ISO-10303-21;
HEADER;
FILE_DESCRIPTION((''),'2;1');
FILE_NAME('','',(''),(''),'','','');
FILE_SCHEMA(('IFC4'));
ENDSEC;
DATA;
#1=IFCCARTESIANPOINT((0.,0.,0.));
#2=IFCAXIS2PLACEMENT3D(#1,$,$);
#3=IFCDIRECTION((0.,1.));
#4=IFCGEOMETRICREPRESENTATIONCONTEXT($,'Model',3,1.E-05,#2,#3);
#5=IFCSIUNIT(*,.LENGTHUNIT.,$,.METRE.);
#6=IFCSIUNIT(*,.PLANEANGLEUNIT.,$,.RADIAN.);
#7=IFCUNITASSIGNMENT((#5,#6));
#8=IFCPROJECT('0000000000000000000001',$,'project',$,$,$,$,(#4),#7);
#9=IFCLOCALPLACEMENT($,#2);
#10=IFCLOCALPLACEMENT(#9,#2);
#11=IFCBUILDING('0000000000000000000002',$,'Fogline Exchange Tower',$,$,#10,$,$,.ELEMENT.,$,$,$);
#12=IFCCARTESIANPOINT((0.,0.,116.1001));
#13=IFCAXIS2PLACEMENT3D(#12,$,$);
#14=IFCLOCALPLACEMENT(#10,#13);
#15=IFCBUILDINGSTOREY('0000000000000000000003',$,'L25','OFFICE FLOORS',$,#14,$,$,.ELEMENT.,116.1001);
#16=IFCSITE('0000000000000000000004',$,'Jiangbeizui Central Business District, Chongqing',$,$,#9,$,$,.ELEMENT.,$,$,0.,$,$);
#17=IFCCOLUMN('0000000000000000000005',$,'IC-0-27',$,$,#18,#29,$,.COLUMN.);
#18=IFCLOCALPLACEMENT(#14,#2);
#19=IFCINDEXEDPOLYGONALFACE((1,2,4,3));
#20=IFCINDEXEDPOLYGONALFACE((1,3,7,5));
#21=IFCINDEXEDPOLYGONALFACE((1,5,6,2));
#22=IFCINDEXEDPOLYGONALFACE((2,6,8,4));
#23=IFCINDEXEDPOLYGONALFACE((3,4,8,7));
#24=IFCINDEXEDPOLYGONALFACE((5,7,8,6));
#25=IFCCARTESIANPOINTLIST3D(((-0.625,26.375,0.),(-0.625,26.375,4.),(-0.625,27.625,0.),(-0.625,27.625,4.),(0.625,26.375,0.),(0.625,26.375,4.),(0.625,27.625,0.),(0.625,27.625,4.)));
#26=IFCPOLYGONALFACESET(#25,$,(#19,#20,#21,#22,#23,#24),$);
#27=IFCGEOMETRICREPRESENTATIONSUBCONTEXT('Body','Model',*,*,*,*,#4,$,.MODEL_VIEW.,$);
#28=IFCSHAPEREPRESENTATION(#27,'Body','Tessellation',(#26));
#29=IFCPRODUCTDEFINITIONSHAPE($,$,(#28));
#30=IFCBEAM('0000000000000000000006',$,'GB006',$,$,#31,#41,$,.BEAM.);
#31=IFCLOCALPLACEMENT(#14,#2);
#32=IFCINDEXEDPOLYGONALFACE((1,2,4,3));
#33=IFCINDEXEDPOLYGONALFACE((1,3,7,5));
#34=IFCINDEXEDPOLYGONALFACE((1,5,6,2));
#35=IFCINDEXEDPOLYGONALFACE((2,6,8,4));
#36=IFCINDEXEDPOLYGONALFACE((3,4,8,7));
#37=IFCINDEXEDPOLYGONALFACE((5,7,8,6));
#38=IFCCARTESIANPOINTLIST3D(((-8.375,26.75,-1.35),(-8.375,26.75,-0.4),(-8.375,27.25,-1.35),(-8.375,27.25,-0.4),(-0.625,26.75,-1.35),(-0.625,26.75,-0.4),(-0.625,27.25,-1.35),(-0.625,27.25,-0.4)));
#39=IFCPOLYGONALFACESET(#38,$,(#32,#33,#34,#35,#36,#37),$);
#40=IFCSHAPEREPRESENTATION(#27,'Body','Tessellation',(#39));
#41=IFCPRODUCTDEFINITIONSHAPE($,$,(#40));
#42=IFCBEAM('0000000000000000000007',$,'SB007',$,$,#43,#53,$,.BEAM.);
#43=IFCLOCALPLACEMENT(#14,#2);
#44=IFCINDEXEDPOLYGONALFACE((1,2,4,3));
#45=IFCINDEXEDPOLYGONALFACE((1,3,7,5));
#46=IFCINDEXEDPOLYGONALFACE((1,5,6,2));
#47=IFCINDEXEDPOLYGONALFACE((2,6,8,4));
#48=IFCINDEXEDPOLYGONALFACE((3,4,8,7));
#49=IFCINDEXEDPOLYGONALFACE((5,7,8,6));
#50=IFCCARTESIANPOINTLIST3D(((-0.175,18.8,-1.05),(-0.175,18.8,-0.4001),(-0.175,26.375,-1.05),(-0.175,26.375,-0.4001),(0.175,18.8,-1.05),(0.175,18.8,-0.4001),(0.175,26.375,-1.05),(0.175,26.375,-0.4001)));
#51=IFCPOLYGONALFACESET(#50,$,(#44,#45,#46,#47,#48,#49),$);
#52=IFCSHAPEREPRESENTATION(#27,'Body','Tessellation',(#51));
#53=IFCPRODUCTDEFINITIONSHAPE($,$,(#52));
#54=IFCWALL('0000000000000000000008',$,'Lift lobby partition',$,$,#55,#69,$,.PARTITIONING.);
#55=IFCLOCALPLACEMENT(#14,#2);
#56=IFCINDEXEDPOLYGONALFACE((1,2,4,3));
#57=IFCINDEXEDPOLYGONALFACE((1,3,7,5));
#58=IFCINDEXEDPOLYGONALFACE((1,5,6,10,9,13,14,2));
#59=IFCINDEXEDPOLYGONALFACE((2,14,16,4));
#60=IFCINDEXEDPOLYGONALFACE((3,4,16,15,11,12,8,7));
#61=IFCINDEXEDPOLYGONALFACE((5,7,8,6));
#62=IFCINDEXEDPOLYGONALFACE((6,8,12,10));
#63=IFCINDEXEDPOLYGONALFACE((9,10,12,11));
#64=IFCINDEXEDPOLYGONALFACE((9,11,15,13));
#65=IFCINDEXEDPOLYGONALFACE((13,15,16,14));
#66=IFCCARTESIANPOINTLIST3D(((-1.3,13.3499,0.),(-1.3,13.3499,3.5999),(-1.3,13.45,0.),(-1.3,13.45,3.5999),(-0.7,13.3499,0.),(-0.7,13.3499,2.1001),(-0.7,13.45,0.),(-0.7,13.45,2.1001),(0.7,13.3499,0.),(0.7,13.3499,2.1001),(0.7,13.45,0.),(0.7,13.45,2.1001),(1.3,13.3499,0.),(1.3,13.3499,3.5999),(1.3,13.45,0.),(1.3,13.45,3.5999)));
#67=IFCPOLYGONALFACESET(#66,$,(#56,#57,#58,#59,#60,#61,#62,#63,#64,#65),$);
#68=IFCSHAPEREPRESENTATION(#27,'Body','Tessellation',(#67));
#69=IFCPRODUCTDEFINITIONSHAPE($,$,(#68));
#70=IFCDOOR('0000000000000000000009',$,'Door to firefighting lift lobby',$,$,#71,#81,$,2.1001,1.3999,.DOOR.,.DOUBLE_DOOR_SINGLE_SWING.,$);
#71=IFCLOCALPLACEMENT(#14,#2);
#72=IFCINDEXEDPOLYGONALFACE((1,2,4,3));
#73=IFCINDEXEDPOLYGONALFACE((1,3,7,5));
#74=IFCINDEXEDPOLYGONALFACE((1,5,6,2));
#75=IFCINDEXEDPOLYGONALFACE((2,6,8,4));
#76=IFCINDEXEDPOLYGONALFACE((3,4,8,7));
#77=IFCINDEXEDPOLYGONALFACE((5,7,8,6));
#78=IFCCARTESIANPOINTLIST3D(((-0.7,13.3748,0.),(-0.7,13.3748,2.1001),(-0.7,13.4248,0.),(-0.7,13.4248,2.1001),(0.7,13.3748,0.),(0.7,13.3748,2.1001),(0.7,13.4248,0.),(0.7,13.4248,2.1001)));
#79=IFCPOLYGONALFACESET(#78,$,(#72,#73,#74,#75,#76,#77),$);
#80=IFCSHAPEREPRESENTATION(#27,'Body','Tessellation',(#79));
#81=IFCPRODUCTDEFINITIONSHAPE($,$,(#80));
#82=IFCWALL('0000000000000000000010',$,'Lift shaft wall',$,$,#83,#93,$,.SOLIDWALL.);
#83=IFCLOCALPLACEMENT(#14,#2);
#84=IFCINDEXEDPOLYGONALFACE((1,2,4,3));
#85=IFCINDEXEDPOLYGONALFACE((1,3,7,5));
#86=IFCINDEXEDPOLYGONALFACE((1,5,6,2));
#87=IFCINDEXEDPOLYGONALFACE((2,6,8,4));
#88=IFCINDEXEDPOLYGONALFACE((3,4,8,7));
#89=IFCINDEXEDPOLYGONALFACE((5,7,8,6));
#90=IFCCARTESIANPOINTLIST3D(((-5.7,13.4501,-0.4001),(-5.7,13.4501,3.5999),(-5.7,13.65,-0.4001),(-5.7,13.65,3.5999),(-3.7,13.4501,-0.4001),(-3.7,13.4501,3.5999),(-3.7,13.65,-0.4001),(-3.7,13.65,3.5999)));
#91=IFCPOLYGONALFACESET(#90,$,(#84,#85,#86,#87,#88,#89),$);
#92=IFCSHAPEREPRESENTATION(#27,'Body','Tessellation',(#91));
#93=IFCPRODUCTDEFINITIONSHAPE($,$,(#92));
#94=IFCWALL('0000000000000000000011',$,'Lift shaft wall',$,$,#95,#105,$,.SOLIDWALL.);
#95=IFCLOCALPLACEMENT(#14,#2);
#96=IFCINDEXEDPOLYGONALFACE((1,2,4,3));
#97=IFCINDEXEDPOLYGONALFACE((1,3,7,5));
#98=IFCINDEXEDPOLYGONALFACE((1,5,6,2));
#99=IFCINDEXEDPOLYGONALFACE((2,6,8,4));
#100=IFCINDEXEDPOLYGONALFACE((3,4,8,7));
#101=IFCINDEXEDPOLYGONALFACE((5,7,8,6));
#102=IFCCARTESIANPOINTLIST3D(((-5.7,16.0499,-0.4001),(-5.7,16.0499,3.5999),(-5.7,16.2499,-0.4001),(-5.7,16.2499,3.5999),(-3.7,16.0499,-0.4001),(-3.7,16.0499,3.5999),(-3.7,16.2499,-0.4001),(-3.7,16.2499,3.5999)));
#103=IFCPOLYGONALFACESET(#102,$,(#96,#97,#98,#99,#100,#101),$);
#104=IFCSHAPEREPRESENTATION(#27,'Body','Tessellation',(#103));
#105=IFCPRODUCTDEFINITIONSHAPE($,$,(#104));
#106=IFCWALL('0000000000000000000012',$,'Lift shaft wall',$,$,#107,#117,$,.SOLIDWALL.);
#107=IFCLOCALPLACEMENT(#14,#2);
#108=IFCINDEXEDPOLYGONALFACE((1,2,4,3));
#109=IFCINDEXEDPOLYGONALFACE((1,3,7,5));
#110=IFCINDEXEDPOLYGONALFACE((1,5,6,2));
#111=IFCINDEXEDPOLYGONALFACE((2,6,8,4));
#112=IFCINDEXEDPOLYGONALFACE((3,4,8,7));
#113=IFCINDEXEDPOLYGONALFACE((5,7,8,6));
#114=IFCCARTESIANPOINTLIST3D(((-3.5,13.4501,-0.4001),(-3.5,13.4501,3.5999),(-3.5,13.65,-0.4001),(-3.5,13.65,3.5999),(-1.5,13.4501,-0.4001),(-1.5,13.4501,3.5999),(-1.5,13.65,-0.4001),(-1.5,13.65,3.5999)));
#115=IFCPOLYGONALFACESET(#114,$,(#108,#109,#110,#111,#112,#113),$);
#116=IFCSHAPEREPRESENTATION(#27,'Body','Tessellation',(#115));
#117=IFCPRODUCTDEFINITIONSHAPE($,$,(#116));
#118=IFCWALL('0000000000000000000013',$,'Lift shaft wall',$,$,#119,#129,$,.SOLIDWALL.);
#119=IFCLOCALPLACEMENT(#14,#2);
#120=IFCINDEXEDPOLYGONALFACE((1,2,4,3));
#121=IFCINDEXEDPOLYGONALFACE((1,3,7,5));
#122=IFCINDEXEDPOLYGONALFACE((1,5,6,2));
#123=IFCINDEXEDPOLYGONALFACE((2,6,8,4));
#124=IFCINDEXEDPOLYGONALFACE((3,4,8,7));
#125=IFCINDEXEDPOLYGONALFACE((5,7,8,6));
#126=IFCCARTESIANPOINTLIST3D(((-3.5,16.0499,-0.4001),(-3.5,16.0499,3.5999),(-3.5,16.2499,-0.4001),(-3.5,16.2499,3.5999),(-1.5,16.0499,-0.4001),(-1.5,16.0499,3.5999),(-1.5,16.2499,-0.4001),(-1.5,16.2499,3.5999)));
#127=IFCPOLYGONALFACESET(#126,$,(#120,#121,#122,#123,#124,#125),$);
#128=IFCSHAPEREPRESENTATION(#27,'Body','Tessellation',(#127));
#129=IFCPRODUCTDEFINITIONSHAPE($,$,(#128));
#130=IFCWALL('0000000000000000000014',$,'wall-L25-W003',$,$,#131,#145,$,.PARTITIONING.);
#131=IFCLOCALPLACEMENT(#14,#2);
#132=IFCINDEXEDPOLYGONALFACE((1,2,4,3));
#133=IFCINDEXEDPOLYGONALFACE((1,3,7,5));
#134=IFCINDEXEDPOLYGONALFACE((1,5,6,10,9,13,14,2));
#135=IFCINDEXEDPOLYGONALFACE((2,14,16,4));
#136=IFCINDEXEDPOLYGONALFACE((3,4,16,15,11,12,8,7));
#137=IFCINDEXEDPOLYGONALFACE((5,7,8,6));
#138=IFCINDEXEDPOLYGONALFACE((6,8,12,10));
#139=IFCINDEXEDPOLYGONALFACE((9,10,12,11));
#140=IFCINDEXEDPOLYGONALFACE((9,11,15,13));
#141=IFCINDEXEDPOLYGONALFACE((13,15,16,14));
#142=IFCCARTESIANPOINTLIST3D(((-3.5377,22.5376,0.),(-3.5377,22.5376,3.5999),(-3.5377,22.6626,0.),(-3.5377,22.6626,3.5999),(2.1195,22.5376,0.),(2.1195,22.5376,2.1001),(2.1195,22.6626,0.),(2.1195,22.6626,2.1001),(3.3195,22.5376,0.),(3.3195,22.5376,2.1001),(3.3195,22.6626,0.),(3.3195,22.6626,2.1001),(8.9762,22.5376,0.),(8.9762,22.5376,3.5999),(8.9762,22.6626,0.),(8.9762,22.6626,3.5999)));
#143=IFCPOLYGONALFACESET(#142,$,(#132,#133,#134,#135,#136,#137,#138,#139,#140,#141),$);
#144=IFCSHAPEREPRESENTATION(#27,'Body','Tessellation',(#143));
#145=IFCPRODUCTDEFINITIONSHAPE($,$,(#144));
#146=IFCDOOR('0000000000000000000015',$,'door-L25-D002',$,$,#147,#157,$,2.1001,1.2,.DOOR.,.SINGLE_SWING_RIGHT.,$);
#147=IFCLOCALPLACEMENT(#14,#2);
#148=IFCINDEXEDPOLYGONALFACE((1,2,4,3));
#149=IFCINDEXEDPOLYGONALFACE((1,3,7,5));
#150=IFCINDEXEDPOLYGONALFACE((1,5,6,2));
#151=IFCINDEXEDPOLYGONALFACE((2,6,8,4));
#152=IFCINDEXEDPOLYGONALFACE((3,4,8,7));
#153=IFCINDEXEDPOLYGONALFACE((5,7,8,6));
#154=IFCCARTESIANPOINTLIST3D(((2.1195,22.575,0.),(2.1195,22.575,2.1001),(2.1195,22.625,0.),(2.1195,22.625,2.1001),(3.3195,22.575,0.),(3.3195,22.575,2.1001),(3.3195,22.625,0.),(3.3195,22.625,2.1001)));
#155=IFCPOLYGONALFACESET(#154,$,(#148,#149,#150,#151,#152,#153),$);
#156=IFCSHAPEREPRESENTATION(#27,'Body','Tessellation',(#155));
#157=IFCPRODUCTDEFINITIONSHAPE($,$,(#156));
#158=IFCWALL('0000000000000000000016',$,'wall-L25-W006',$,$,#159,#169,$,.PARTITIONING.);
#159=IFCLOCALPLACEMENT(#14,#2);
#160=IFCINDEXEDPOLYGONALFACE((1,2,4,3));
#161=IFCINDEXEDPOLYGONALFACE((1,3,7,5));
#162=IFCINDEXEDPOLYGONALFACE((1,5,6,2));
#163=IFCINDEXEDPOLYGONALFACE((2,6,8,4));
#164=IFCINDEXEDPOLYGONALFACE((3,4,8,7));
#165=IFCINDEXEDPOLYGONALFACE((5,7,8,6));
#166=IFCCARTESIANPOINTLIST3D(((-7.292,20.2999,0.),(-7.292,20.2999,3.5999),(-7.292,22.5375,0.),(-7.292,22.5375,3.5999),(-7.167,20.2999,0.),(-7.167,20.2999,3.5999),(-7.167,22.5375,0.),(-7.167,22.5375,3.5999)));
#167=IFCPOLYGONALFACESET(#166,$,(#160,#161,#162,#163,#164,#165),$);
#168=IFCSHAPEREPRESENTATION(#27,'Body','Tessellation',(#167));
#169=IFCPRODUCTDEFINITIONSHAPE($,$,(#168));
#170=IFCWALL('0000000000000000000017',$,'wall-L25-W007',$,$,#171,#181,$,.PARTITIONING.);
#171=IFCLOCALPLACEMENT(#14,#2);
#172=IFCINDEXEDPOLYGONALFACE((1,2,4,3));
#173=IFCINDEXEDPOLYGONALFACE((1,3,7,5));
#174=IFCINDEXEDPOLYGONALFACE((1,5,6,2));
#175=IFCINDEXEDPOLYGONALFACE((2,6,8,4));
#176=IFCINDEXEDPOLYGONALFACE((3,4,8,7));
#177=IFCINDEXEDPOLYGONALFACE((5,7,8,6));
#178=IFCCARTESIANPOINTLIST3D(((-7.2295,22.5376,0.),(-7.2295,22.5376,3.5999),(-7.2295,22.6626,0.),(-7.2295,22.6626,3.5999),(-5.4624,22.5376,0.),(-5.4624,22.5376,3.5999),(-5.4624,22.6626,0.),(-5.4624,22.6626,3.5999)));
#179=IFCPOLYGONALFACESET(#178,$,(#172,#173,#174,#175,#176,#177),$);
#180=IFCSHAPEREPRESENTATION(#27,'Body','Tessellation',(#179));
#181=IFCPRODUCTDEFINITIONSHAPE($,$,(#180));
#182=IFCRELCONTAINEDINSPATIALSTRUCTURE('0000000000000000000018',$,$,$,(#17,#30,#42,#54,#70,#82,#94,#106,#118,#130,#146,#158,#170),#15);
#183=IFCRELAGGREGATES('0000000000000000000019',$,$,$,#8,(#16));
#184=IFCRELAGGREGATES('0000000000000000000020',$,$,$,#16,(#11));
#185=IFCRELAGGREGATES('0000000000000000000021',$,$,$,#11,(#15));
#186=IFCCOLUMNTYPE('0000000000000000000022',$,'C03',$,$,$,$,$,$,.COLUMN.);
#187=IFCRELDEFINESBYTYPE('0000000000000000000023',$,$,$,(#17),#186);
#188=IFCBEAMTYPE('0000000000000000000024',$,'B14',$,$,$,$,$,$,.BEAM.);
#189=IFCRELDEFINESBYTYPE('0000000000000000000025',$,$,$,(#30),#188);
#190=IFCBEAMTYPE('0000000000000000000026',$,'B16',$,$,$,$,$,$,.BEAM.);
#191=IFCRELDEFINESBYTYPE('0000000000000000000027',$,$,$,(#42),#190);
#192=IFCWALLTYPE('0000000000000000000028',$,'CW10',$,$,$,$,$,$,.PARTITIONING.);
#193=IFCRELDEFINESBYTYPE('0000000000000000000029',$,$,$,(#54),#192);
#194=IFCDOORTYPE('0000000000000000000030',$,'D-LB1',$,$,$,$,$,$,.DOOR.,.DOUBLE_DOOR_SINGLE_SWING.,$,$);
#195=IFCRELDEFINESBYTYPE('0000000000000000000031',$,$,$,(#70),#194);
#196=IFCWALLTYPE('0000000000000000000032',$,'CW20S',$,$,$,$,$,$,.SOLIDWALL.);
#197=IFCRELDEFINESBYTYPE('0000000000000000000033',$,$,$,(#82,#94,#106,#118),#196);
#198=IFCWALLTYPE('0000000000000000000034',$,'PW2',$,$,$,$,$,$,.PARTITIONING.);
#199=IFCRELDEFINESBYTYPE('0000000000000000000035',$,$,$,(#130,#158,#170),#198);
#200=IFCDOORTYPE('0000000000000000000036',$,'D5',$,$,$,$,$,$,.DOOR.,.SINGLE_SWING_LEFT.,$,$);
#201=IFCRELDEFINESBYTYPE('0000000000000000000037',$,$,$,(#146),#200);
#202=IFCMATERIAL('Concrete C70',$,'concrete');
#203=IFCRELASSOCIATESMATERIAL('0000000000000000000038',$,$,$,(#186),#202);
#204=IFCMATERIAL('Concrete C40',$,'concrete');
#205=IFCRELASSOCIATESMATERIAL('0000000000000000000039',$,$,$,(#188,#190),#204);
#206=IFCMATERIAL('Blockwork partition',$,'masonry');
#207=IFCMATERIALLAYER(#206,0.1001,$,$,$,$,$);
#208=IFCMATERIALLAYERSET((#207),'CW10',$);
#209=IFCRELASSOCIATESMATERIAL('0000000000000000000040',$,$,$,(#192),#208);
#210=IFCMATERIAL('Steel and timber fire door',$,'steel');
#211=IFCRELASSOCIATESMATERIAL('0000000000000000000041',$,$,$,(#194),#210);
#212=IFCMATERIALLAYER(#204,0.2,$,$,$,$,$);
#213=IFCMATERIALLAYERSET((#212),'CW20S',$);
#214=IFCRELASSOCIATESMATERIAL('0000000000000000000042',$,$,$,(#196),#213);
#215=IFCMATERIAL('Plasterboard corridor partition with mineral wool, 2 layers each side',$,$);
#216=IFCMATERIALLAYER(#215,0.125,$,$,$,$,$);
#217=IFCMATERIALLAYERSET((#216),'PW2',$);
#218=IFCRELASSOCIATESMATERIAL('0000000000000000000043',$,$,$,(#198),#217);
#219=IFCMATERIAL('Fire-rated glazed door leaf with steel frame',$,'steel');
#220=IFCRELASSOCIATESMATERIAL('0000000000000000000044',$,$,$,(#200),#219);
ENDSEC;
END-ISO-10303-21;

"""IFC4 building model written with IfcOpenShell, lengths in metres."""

from ifc_helpers import new_model, si_unit, direction, frame, frame_2d, origin, origin_2d, place, context, subcontext, project, spatial, rectangle, extrude, material, layer, layer_set, material_profile, profile_set, type_object, element, fill, save


model = new_model("IFC4")

# Units and contexts
model_context = context("Model", 3, precision=1e-05, world=origin(), true_north=direction((0.0, 1.0)))
body_context = subcontext(model_context, "Body", "Model", "MODEL_VIEW")
ifc_project = project(units=[si_unit("LENGTHUNIT", "METRE"), si_unit("PLANEANGLEUNIT", "RADIAN")], contexts=[model_context])

# Site, building, storey
site_placement = place(None, origin())
site = spatial("IfcSite", under=ifc_project, at=site_placement, Name="Jiangbeizui Central Business District, Chongqing", CompositionType="ELEMENT", RefElevation=0.0)
building_placement = place(site_placement, origin())
building = spatial("IfcBuilding", under=site, at=building_placement, Name="Fogline Exchange Tower", CompositionType="ELEMENT")
storey_placement = place(building_placement, frame((0.0, 0.0, 116.1001)))
storey = spatial("IfcBuildingStorey", under=building, at=storey_placement, Name="L25", Description="OFFICE FLOORS", CompositionType="ELEMENT", Elevation=116.1001)

# Column
ifc_material_1 = material(Name="Concrete C70", Category="concrete")
ifc_material_profile_1 = material_profile(ifc_material_1, rectangle(XDim=1.25, YDim=1.25, at=origin_2d()), Name="RC 1250x1250")
ifc_profile_set_1 = profile_set([ifc_material_profile_1], Name="Concrete C70")
column_type = type_object("IfcColumnType", Name="C03", PredefinedType="COLUMN", material=ifc_profile_set_1)
column_placement = place(storey_placement, frame((0.0, 27.0, 0.0), z_axis=(0.0, 0.0, 1.0), x_axis=(1.0, 0.0, 0.0)))
element("IfcColumn", 1, at=column_placement, inside=storey, type_object=column_type, Name="IC-0-27", PredefinedType="COLUMN", context=body_context, shape_type="SweptSolid", body=[
    extrude(rectangle(XDim=1.25, YDim=1.25, at=origin_2d()), origin(), (0.0, 0.0, 1.0), 4.0),
])

# Beams
ifc_material_2 = material(Name="Concrete C40", Category="concrete")
ifc_material_profile_2 = material_profile(ifc_material_2, rectangle(XDim=0.5, YDim=0.95, at=origin_2d()), Name="RC 500x950")
ifc_profile_set_2 = profile_set([ifc_material_profile_2], Name="Concrete C40")
beam_type_1 = type_object("IfcBeamType", Name="B14", PredefinedType="BEAM", material=ifc_profile_set_2)
beam_1_placement = place(storey_placement, frame((-8.375, 27.0, -0.875), z_axis=(1.0, 0.0, 0.0), x_axis=(0.0, 1.0, 0.0)))
element("IfcBeam", 2, at=beam_1_placement, inside=storey, type_object=beam_type_1, Name="GB006", PredefinedType="BEAM", context=body_context, shape_type="SweptSolid", body=[
    extrude(rectangle(XDim=0.5, YDim=0.95, at=origin_2d()), origin(), (0.0, 0.0, 1.0), 7.75),
])
ifc_material_profile_3 = material_profile(ifc_material_2, rectangle(XDim=0.3501, YDim=0.6499, at=origin_2d()), Name="RC 350x650")
ifc_profile_set_3 = profile_set([ifc_material_profile_3], Name="Concrete C40")
beam_type_2 = type_object("IfcBeamType", Name="B16", PredefinedType="BEAM", material=ifc_profile_set_3)
beam_2_placement = place(storey_placement, frame((0.0, 18.8, -0.7251), z_axis=(0.0, 1.0, 0.0), x_axis=(-1.0, 0.0, 0.0)))
element("IfcBeam", 3, at=beam_2_placement, inside=storey, type_object=beam_type_2, Name="SB007", PredefinedType="BEAM", context=body_context, shape_type="SweptSolid", body=[
    extrude(rectangle(XDim=0.3501, YDim=0.6499, at=origin_2d()), origin(), (0.0, 0.0, 1.0), 7.575),
])

# Wall, opening, door
ifc_material_3 = material(Name="Blockwork partition", Category="masonry")
ifc_layer_1 = layer(ifc_material_3, 0.1001)
ifc_layer_set_1 = layer_set([ifc_layer_1], Name="CW10")
wall_type_1 = type_object("IfcWallType", Name="CW10", PredefinedType="PARTITIONING", material=ifc_layer_set_1)
wall_1_placement = place(storey_placement, frame((-1.3, 13.3999, 0.0), z_axis=(0.0, 0.0, 1.0), x_axis=(1.0, 0.0, 0.0)))
wall_1 = element("IfcWall", 4, at=wall_1_placement, inside=storey, type_object=wall_type_1, Name="Lift lobby partition", PredefinedType="PARTITIONING", context=body_context, shape_type="SweptSolid", body=[
    extrude(rectangle(XDim=2.6001, YDim=0.1001, at=frame_2d((1.3, 0.0))), origin(), (0.0, 0.0, 1.0), 3.5999),
])
opening_1_placement = place(wall_1_placement, frame((0.6001, 0.0, 0.0)))
opening_1 = element("IfcOpeningElement", 5, at=opening_1_placement, cuts=wall_1, PredefinedType="OPENING", context=body_context, shape_type="SweptSolid", body=[
    extrude(rectangle(XDim=1.3999, YDim=2.1001, at=frame_2d((0.7, 1.05))), frame((0.0, 0.0601, 0.0), z_axis=(0.0, -1.0, 0.0), x_axis=(1.0, 0.0, 0.0)), (0.0, 0.0, 1.0), 0.1201),
])
ifc_material_4 = material(Name="Steel and timber fire door", Category="steel")
door_type_1 = type_object("IfcDoorType", Name="D-LB1", OperationType="DOUBLE_DOOR_SINGLE_SWING", PredefinedType="DOOR", material=ifc_material_4)
door_1_placement = place(opening_1_placement, origin())
door_1 = element("IfcDoor", 6, at=door_1_placement, inside=storey, type_object=door_type_1, Name="Door to firefighting lift lobby", OperationType="DOUBLE_DOOR_SINGLE_SWING", OverallHeight=2.1001, OverallWidth=1.3999, PredefinedType="DOOR", context=body_context, shape_type="SweptSolid", body=[
    extrude(rectangle(XDim=1.3999, YDim=2.1001, at=frame_2d((0.7, 1.05))), frame((0.0, 0.0249, 0.0), z_axis=(0.0, -1.0, 0.0), x_axis=(1.0, 0.0, 0.0)), (0.0, 0.0, 1.0), 0.05),
])
fill(opening_1, door_1)

# Walls
ifc_layer_2 = layer(ifc_material_2, 0.2)
ifc_layer_set_2 = layer_set([ifc_layer_2], Name="CW20S")
wall_type_2 = type_object("IfcWallType", Name="CW20S", PredefinedType="SOLIDWALL", material=ifc_layer_set_2)
for number, where, z_axis, x_axis, name in (
    (7, (-5.7, 13.55, -0.4001), (0.0, 0.0, 1.0), (1.0, 0.0, 0.0), "Lift shaft wall"),
    (8, (-5.7, 16.1499, -0.4001), (0.0, 0.0, 1.0), (1.0, 0.0, 0.0), "Lift shaft wall"),
    (9, (-3.5, 13.55, -0.4001), (0.0, 0.0, 1.0), (1.0, 0.0, 0.0), "Lift shaft wall"),
    (10, (-3.5, 16.1499, -0.4001), (0.0, 0.0, 1.0), (1.0, 0.0, 0.0), "Lift shaft wall"),
):
    element("IfcWall", number, at=place(storey_placement, frame(where, z_axis=z_axis, x_axis=x_axis)), inside=storey, type_object=wall_type_2, Name=name, PredefinedType="SOLIDWALL", context=body_context, shape_type="SweptSolid", body=[
        extrude(rectangle(XDim=2.0, YDim=0.2, at=frame_2d((1.0, 0.0))), origin(), (0.0, 0.0, 1.0), 4.0),
    ])

# Wall, opening, door
ifc_material_5 = material(Name="Plasterboard corridor partition with mineral wool, 2 layers each side")
ifc_layer_3 = layer(ifc_material_5, 0.125)
ifc_layer_set_3 = layer_set([ifc_layer_3], Name="PW2")
wall_type_3 = type_object("IfcWallType", Name="PW2", PredefinedType="PARTITIONING", material=ifc_layer_set_3)
wall_2_placement = place(storey_placement, frame((-3.5376, 22.6001, 0.0), z_axis=(0.0, 0.0, 1.0), x_axis=(1.0, 0.0, 0.0)))
wall_2 = element("IfcWall", 11, at=wall_2_placement, inside=storey, type_object=wall_type_3, Name="wall-L25-W003", PredefinedType="PARTITIONING", context=body_context, shape_type="SweptSolid", body=[
    extrude(rectangle(XDim=12.5139, YDim=0.125, at=frame_2d((6.2568, 0.0))), origin(), (0.0, 0.0, 1.0), 3.5999),
])
opening_2_placement = place(wall_2_placement, frame((5.657, 0.0, 0.0)))
opening_2 = element("IfcOpeningElement", 12, at=opening_2_placement, cuts=wall_2, PredefinedType="OPENING", context=body_context, shape_type="SweptSolid", body=[
    extrude(rectangle(XDim=1.2, YDim=2.1001, at=frame_2d((0.6001, 1.05))), frame((0.0, 0.0725, 0.0), z_axis=(0.0, -1.0, 0.0), x_axis=(1.0, 0.0, 0.0)), (0.0, 0.0, 1.0), 0.145),
])
ifc_material_6 = material(Name="Fire-rated glazed door leaf with steel frame", Category="steel")
door_type_2 = type_object("IfcDoorType", Name="D5", OperationType="SINGLE_SWING_LEFT", PredefinedType="DOOR", material=ifc_material_6)
door_2_placement = place(opening_2_placement, origin())
door_2 = element("IfcDoor", 13, at=door_2_placement, inside=storey, type_object=door_type_2, Name="door-L25-D002", OperationType="SINGLE_SWING_RIGHT", OverallHeight=2.1001, OverallWidth=1.2, PredefinedType="DOOR", context=body_context, shape_type="SweptSolid", body=[
    extrude(rectangle(XDim=1.2, YDim=2.1001, at=frame_2d((0.6001, 1.05))), frame((0.0, 0.0249, 0.0), z_axis=(0.0, -1.0, 0.0), x_axis=(1.0, 0.0, 0.0)), (0.0, 0.0, 1.0), 0.05),
])
fill(opening_2, door_2)

# Walls
wall_3_placement = place(storey_placement, frame((-7.2295, 20.3, 0.0), z_axis=(0.0, 0.0, 1.0), x_axis=(0.0, 1.0, 0.0)))
element("IfcWall", 14, at=wall_3_placement, inside=storey, type_object=wall_type_3, Name="wall-L25-W006", PredefinedType="PARTITIONING", context=body_context, shape_type="SweptSolid", body=[
    extrude(rectangle(XDim=2.2375, YDim=0.125, at=frame_2d((1.1187, 0.0))), origin(), (0.0, 0.0, 1.0), 3.5999),
])
wall_4_placement = place(storey_placement, frame((-7.2295, 22.6001, 0.0), z_axis=(0.0, 0.0, 1.0), x_axis=(1.0, 0.0, 0.0)))
element("IfcWall", 15, at=wall_4_placement, inside=storey, type_object=wall_type_3, Name="wall-L25-W007", PredefinedType="PARTITIONING", context=body_context, shape_type="SweptSolid", body=[
    extrude(rectangle(XDim=1.7671, YDim=0.125, at=frame_2d((0.8835, 0.0))), origin(), (0.0, 0.0, 1.0), 3.5999),
])

save(model, "model.ifc")
